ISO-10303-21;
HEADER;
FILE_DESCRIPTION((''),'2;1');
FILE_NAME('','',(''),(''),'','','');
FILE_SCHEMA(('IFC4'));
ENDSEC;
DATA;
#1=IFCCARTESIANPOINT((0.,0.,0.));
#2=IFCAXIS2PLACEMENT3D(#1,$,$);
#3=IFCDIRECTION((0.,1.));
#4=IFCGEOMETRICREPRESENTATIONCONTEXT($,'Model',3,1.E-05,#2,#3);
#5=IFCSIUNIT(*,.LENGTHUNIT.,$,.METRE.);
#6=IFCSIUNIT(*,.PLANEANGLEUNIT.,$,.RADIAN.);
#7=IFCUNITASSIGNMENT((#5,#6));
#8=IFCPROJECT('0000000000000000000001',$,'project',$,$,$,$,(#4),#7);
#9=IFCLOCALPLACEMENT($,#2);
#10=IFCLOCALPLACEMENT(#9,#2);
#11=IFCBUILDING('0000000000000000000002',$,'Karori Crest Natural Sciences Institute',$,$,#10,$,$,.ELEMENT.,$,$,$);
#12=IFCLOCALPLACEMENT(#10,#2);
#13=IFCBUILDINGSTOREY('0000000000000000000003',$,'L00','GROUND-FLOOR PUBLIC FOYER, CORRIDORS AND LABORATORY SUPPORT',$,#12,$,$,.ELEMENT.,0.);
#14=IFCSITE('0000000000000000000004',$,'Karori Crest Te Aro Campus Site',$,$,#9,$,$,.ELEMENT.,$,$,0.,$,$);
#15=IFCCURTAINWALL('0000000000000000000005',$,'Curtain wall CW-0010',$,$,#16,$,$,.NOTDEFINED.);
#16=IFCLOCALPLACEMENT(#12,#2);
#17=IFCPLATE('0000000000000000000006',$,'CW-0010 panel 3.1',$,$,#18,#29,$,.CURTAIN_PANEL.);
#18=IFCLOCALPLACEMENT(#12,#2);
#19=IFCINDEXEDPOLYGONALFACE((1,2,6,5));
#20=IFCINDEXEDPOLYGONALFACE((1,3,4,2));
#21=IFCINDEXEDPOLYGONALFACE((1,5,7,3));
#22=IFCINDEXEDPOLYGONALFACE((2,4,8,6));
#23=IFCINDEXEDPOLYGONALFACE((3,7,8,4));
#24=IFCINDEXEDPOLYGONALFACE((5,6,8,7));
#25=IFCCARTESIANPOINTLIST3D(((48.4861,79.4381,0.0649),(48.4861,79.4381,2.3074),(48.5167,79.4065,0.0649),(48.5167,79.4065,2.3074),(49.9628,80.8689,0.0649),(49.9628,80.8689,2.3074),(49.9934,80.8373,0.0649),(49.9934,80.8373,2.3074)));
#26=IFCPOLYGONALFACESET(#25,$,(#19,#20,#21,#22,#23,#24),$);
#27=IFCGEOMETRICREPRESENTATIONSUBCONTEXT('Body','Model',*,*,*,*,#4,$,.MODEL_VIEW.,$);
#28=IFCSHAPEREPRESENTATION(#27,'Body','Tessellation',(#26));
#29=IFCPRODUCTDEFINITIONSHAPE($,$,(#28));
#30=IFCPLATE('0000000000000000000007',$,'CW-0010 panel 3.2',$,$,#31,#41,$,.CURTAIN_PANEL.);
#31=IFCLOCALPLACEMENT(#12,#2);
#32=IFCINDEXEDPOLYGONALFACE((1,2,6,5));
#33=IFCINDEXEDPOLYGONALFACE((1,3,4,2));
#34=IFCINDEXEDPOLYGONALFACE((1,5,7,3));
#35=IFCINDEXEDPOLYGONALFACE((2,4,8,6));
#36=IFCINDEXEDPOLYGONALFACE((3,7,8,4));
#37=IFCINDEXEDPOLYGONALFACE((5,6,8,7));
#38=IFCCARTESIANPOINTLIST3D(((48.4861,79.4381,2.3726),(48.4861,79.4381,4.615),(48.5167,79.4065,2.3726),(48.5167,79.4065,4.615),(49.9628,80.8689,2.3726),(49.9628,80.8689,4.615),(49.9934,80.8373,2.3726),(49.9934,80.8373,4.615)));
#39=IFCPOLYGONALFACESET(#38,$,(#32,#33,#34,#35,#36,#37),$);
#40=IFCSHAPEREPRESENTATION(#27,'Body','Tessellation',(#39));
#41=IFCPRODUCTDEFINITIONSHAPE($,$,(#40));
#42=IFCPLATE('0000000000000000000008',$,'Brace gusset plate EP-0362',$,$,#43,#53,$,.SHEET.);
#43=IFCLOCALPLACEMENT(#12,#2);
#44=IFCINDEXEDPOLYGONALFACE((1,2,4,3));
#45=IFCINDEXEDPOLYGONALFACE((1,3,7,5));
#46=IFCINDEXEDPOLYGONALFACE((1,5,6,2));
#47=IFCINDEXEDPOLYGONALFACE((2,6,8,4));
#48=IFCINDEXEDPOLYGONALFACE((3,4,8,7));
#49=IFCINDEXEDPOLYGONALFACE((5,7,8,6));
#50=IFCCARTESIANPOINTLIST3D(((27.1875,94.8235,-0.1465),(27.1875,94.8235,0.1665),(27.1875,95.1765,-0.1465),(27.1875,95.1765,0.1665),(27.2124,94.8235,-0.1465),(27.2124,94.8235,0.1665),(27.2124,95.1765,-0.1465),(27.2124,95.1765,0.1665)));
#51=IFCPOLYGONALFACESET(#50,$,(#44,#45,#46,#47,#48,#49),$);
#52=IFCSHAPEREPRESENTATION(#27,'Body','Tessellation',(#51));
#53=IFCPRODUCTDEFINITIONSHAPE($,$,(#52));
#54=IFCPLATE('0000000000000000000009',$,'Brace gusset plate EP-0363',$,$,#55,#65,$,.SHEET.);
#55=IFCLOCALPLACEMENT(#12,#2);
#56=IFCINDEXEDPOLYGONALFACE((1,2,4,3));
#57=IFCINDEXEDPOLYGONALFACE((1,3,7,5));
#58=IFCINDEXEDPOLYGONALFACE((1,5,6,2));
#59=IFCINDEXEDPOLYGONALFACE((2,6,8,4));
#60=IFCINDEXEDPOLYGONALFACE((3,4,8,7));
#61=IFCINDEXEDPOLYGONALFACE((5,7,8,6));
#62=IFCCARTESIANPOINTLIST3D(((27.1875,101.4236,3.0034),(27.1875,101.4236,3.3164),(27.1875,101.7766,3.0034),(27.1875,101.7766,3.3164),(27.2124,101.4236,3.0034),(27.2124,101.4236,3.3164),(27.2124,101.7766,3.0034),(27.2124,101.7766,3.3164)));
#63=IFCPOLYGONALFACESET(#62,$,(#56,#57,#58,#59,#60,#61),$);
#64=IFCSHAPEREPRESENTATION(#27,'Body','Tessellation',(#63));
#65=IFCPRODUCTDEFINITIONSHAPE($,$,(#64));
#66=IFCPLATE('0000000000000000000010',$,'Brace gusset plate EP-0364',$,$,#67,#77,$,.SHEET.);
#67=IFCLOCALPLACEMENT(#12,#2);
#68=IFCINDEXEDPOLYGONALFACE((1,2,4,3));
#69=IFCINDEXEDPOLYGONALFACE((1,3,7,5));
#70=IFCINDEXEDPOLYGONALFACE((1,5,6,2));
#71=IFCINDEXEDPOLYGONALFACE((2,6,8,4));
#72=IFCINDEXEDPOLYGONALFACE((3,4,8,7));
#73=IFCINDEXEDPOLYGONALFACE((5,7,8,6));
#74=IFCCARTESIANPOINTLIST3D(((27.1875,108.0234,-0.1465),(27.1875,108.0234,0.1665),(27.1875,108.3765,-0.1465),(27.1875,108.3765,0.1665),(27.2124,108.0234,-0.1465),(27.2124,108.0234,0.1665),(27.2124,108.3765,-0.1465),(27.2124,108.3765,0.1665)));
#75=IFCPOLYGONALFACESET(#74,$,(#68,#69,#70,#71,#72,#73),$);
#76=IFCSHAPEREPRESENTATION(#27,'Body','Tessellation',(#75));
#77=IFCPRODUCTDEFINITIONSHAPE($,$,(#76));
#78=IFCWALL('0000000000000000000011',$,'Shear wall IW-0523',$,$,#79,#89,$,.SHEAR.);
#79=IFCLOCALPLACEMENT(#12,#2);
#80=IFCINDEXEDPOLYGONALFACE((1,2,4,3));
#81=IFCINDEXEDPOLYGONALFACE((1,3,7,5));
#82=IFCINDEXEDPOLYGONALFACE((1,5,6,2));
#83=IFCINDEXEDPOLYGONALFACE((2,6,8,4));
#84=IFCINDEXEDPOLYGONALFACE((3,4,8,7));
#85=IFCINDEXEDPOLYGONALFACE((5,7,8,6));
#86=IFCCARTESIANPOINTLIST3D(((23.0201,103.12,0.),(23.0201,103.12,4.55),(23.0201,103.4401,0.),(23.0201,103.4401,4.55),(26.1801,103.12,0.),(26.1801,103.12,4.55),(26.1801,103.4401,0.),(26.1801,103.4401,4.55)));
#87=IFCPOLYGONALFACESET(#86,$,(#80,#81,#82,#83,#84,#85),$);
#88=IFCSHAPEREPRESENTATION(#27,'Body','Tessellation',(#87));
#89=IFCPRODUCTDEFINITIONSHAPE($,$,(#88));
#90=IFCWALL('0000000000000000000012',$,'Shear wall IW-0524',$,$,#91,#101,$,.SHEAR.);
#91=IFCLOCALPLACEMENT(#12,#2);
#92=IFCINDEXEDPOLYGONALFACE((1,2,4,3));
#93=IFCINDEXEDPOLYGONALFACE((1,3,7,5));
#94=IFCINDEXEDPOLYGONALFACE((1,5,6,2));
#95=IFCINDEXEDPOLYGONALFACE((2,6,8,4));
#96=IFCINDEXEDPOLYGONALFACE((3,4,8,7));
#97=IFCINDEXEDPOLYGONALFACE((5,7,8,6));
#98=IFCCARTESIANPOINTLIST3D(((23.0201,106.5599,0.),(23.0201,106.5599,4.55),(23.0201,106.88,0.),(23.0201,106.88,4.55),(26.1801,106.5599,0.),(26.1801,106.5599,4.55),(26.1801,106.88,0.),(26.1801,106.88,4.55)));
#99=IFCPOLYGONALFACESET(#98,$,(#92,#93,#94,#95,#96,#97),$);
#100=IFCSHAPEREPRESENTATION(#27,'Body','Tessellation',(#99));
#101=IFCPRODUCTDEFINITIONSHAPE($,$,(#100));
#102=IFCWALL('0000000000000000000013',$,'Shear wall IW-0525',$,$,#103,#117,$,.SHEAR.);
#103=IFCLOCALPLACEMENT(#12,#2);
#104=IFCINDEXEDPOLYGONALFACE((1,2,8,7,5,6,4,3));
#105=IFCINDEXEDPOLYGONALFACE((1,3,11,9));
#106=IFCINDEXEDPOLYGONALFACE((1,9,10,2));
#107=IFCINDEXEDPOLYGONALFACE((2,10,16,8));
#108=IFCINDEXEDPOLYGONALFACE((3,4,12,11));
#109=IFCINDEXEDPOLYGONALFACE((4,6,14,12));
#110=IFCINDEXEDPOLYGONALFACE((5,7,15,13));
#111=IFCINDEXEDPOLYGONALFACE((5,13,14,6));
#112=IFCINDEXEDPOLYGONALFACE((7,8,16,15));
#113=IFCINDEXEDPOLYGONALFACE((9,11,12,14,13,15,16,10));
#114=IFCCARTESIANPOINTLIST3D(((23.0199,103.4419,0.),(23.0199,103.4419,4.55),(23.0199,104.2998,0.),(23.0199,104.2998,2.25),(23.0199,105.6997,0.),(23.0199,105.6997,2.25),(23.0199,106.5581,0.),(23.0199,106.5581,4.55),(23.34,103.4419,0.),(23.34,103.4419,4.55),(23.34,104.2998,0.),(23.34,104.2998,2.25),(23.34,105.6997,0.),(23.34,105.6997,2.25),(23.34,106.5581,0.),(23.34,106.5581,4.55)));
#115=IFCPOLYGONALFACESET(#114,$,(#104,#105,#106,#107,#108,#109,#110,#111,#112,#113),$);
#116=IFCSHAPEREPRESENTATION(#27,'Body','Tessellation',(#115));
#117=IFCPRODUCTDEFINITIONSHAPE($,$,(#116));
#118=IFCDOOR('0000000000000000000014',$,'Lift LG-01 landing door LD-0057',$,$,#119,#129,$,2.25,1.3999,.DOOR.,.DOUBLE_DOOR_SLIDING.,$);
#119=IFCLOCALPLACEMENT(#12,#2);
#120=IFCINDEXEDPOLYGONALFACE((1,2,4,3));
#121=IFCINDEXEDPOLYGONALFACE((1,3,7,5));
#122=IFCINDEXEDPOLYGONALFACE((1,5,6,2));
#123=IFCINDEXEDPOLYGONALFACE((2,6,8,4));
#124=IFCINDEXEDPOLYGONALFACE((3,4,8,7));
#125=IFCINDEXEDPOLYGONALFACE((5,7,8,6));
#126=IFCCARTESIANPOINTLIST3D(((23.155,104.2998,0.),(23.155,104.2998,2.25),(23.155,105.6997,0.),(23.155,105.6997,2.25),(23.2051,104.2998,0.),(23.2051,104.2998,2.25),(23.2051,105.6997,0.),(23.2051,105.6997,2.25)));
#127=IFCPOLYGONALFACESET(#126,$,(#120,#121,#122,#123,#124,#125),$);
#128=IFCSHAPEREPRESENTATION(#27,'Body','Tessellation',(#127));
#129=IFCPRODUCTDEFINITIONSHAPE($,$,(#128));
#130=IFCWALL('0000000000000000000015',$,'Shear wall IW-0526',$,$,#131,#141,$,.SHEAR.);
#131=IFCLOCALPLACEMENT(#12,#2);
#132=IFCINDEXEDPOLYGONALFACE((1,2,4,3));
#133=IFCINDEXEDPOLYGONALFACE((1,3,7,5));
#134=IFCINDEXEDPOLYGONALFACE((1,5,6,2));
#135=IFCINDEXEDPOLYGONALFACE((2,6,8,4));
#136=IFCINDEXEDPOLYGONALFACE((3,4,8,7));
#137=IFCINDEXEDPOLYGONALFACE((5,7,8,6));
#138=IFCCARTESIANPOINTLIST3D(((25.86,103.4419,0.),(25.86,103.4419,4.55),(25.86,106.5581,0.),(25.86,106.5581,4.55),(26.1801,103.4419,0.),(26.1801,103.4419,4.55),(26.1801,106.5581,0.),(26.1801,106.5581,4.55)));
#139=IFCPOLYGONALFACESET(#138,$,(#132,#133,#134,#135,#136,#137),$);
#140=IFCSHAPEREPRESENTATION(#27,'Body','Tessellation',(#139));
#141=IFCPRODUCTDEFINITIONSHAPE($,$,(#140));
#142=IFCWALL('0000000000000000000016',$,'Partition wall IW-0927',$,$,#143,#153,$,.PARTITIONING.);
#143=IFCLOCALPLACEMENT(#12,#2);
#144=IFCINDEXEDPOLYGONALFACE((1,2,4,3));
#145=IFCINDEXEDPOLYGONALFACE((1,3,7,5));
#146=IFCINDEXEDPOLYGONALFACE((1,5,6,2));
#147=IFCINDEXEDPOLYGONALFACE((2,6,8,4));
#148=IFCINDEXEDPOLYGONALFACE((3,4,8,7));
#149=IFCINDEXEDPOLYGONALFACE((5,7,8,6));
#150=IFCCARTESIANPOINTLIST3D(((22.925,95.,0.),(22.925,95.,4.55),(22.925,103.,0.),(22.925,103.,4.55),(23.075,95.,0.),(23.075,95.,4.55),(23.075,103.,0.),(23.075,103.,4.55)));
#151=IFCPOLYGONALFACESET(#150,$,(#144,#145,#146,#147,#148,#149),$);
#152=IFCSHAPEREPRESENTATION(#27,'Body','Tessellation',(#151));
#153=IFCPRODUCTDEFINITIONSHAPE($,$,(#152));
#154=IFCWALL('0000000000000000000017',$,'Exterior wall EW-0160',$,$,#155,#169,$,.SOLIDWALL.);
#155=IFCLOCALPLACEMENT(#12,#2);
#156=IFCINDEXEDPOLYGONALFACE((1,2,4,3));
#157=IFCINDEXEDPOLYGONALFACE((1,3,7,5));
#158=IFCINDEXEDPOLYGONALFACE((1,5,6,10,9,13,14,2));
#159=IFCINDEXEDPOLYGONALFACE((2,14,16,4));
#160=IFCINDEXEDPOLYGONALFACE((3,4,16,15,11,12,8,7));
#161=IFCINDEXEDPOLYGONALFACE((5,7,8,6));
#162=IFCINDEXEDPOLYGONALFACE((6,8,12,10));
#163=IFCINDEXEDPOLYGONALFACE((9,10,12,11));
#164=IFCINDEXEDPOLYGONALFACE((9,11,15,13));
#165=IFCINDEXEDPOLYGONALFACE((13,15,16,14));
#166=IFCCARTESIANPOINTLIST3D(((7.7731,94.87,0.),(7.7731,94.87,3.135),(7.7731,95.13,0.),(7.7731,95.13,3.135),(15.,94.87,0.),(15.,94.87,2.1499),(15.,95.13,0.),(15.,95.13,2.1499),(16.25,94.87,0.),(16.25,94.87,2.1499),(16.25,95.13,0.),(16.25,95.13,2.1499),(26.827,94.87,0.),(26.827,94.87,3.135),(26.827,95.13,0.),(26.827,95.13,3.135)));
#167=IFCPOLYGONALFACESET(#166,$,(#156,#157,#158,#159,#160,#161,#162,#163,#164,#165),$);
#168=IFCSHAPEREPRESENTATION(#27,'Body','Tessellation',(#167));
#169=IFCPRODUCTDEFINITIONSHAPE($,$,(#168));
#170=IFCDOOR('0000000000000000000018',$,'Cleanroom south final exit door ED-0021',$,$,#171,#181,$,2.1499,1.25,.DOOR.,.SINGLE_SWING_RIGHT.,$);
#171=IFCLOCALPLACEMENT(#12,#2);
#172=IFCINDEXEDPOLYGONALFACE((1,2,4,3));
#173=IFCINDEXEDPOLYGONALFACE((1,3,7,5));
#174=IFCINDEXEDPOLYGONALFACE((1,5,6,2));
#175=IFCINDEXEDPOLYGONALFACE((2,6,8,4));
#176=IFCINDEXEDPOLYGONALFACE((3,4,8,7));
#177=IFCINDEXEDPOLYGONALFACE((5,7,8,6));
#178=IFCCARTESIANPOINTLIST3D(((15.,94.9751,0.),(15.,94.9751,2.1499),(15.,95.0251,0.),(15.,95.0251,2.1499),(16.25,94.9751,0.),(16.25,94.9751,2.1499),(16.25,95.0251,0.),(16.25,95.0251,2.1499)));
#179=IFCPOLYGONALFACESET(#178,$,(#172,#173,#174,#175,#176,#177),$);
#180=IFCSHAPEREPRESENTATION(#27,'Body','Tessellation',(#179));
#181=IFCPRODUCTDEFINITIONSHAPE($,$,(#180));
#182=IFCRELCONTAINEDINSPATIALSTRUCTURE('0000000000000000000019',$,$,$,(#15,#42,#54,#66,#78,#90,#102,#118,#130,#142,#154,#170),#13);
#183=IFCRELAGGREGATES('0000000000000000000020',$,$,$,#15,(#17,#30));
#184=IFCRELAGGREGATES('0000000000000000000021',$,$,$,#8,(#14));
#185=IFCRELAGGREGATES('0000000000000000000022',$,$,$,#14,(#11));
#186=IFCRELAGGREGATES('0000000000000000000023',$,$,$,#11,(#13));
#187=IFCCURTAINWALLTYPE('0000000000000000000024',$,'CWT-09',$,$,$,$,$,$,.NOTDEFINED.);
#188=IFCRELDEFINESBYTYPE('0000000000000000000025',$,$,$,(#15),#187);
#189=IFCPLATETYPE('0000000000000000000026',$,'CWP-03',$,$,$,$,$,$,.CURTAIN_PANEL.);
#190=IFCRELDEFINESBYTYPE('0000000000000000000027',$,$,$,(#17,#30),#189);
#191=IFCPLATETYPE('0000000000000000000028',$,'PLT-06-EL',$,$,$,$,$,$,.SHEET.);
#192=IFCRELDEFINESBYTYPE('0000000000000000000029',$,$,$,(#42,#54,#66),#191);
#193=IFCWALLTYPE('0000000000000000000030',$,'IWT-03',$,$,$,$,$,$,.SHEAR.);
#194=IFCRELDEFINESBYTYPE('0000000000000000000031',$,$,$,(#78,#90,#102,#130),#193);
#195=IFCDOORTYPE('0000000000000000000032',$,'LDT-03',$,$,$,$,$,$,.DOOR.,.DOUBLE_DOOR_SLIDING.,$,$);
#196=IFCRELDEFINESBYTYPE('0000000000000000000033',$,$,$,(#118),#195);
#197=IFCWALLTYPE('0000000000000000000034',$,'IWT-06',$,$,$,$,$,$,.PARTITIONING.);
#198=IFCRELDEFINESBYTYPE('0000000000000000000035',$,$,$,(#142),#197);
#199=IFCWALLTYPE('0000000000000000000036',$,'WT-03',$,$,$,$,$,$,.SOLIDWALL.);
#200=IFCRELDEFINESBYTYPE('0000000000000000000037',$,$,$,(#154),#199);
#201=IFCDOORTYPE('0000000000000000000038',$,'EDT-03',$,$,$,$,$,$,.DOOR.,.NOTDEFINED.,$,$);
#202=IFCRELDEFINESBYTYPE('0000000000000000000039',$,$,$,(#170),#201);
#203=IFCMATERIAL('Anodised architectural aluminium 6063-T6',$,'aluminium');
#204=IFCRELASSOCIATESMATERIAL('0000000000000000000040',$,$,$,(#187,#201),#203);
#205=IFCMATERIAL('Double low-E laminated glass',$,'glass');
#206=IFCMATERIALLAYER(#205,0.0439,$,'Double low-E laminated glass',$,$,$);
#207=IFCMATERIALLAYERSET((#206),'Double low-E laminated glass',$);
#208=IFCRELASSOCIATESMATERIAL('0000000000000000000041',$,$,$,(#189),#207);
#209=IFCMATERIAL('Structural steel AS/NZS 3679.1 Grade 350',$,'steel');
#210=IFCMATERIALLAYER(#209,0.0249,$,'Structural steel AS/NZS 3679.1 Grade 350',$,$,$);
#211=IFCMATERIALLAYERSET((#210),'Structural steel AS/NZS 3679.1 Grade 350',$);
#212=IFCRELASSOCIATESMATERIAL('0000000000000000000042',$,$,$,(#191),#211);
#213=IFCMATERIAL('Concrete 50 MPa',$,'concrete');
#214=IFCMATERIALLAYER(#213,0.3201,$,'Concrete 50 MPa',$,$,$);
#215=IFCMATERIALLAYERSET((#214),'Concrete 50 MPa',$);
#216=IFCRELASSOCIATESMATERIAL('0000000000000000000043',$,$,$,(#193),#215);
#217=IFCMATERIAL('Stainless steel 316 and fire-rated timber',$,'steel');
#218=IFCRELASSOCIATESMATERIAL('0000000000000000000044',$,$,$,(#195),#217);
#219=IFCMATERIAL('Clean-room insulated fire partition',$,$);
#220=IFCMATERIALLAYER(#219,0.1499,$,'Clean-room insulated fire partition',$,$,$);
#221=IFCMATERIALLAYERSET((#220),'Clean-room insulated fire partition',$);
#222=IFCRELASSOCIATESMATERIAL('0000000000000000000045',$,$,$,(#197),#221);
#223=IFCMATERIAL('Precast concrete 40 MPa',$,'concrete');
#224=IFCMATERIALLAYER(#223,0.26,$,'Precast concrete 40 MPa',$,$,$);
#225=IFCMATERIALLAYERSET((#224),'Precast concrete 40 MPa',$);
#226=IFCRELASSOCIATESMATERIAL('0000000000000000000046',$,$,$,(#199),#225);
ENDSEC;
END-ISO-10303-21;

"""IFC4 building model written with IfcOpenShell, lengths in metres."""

from ifc_helpers import new_model, si_unit, direction, frame, frame_2d, origin, origin_2d, place, context, subcontext, project, spatial, rectangle, extrude, material, layer, layer_set, type_object, element, fill, aggregate, save


model = new_model("IFC4")

# Units and contexts
model_context = context("Model", 3, precision=1e-05, world=origin(), true_north=direction((0.0, 1.0)))
body_context = subcontext(model_context, "Body", "Model", "MODEL_VIEW")
ifc_project = project(units=[si_unit("LENGTHUNIT", "METRE"), si_unit("PLANEANGLEUNIT", "RADIAN")], contexts=[model_context])

# Site, building, storey
site_placement = place(None, origin())
site = spatial("IfcSite", under=ifc_project, at=site_placement, Name="Karori Crest Te Aro Campus Site", CompositionType="ELEMENT", RefElevation=0.0)
building_placement = place(site_placement, origin())
building = spatial("IfcBuilding", under=site, at=building_placement, Name="Karori Crest Natural Sciences Institute", CompositionType="ELEMENT")
storey_placement = place(building_placement, origin())
storey = spatial("IfcBuildingStorey", under=building, at=storey_placement, Name="L00", Description="GROUND-FLOOR PUBLIC FOYER, CORRIDORS AND LABORATORY SUPPORT", CompositionType="ELEMENT", Elevation=0.0)

# Shared definitions
ifc_material_1 = material(Name="Concrete 50 MPa", Category="concrete")

# Curtain wall, plates
ifc_material_2 = material(Name="Anodised architectural aluminium 6063-T6", Category="aluminium")
curtain_wall_type = type_object("IfcCurtainWallType", Name="CWT-09", PredefinedType="NOTDEFINED", material=ifc_material_2)
curtain_wall_placement = place(storey_placement, origin())
curtain_wall = element("IfcCurtainWall", 1, at=curtain_wall_placement, inside=storey, type_object=curtain_wall_type, Name="Curtain wall CW-0010", PredefinedType="NOTDEFINED")
ifc_material_3 = material(Name="Double low-E laminated glass", Category="glass")
ifc_layer_1 = layer(ifc_material_3, 0.0439, Name="Double low-E laminated glass")
ifc_layer_set_1 = layer_set([ifc_layer_1], Name="Double low-E laminated glass")
plate_type_1 = type_object("IfcPlateType", Name="CWP-03", PredefinedType="CURTAIN_PANEL", material=ifc_layer_set_1)
plate_1_placement = place(storey_placement, frame((49.2397, 80.1377, 0.0649), z_axis=(0.0, 0.0, 1.0), x_axis=(0.718198, 0.695839, 0.0)))
plate_1 = element("IfcPlate", 2, at=plate_1_placement, type_object=plate_type_1, Name="CW-0010 panel 3.1", PredefinedType="CURTAIN_PANEL", context=body_context, shape_type="SweptSolid", body=[
    extrude(rectangle(XDim=2.0562, YDim=0.0439, at=origin_2d()), origin(), (0.0, 0.0, 1.0), 2.2424),
])
plate_2_placement = place(storey_placement, frame((49.2397, 80.1377, 2.3726), z_axis=(0.0, 0.0, 1.0), x_axis=(0.718198, 0.695839, 0.0)))
plate_2 = element("IfcPlate", 3, at=plate_2_placement, type_object=plate_type_1, Name="CW-0010 panel 3.2", PredefinedType="CURTAIN_PANEL", context=body_context, shape_type="SweptSolid", body=[
    extrude(rectangle(XDim=2.0562, YDim=0.0439, at=origin_2d()), origin(), (0.0, 0.0, 1.0), 2.2424),
])
aggregate(curtain_wall, [plate_1, plate_2])

# Plates
ifc_material_4 = material(Name="Structural steel AS/NZS 3679.1 Grade 350", Category="steel")
ifc_layer_2 = layer(ifc_material_4, 0.0249, Name="Structural steel AS/NZS 3679.1 Grade 350")
ifc_layer_set_2 = layer_set([ifc_layer_2], Name="Structural steel AS/NZS 3679.1 Grade 350")
plate_type_2 = type_object("IfcPlateType", Name="PLT-06-EL", PredefinedType="SHEET", material=ifc_layer_set_2)
for number, where, z_axis, x_axis, name in (
    (4, (27.2, 95.0, -0.1465), (0.0, 0.0, 1.0), (0.0, 1.0, 0.0), "Brace gusset plate EP-0362"),
    (5, (27.2, 101.6001, 3.0034), (0.0, 0.0, 1.0), (0.0, 1.0, 0.0), "Brace gusset plate EP-0363"),
    (6, (27.2, 108.2, -0.1465), (0.0, 0.0, 1.0), (0.0, 1.0, 0.0), "Brace gusset plate EP-0364"),
):
    element("IfcPlate", number, at=place(storey_placement, frame(where, z_axis=z_axis, x_axis=x_axis)), inside=storey, type_object=plate_type_2, Name=name, PredefinedType="SHEET", context=body_context, shape_type="SweptSolid", body=[
        extrude(rectangle(XDim=0.353, YDim=0.0249, at=origin_2d()), origin(), (0.0, 0.0, 1.0), 0.313),
    ])

# Walls
ifc_layer_3 = layer(ifc_material_1, 0.3201, Name="Concrete 50 MPa")
ifc_layer_set_3 = layer_set([ifc_layer_3], Name="Concrete 50 MPa")
wall_type_1 = type_object("IfcWallType", Name="IWT-03", PredefinedType="SHEAR", material=ifc_layer_set_3)
for number, where, z_axis, x_axis, name in (
    (7, (23.02, 103.28, 0.0), (0.0, 0.0, 1.0), (1.0, 0.0, 0.0), "Shear wall IW-0523"),
    (8, (23.02, 106.72, 0.0), (0.0, 0.0, 1.0), (1.0, 0.0, 0.0), "Shear wall IW-0524"),
):
    element("IfcWall", number, at=place(storey_placement, frame(where, z_axis=z_axis, x_axis=x_axis)), inside=storey, type_object=wall_type_1, Name=name, PredefinedType="SHEAR", context=body_context, shape_type="SweptSolid", body=[
        extrude(rectangle(XDim=3.1599, YDim=0.3201, at=frame_2d((1.5801, 0.0))), origin(), (0.0, 0.0, 1.0), 4.55),
    ])

# Wall, opening, door
wall_1_placement = place(storey_placement, frame((23.1799, 103.4419, 0.0), z_axis=(0.0, 0.0, 1.0), x_axis=(0.0, 1.0, 0.0)))
wall_1 = element("IfcWall", 9, at=wall_1_placement, inside=storey, type_object=wall_type_1, Name="Shear wall IW-0525", PredefinedType="SHEAR", context=body_context, shape_type="SweptSolid", body=[
    extrude(rectangle(XDim=3.1162, YDim=0.3201, at=frame_2d((1.5581, 0.0))), origin(), (0.0, 0.0, 1.0), 4.55),
])
opening_1_placement = place(wall_1_placement, frame((0.8579, 0.0, 0.0)))
opening_1 = element("IfcOpeningElement", 10, at=opening_1_placement, cuts=wall_1, PredefinedType="OPENING", context=body_context, shape_type="SweptSolid", body=[
    extrude(rectangle(XDim=1.3999, YDim=2.25, at=frame_2d((0.7, 1.125))), frame((0.0, 0.1699, 0.0), z_axis=(0.0, -1.0, 0.0), x_axis=(1.0, 0.0, 0.0)), (0.0, 0.0, 1.0), 0.3401),
])
ifc_material_5 = material(Name="Stainless steel 316 and fire-rated timber", Category="steel")
door_type_1 = type_object("IfcDoorType", Name="LDT-03", OperationType="DOUBLE_DOOR_SLIDING", PredefinedType="DOOR", material=ifc_material_5)
door_1_placement = place(opening_1_placement, origin())
door_1 = element("IfcDoor", 11, at=door_1_placement, inside=storey, type_object=door_type_1, Name="Lift LG-01 landing door LD-0057", OperationType="DOUBLE_DOOR_SLIDING", OverallHeight=2.25, OverallWidth=1.3999, PredefinedType="DOOR", context=body_context, shape_type="SweptSolid", body=[
    extrude(rectangle(XDim=1.3999, YDim=2.25, at=frame_2d((0.7, 1.125))), frame((0.0, 0.0249, 0.0), z_axis=(0.0, -1.0, 0.0), x_axis=(1.0, 0.0, 0.0)), (0.0, 0.0, 1.0), 0.05),
])
fill(opening_1, door_1)

# Walls
wall_2_placement = place(storey_placement, frame((26.02, 103.4419, 0.0), z_axis=(0.0, 0.0, 1.0), x_axis=(0.0, 1.0, 0.0)))
element("IfcWall", 12, at=wall_2_placement, inside=storey, type_object=wall_type_1, Name="Shear wall IW-0526", PredefinedType="SHEAR", context=body_context, shape_type="SweptSolid", body=[
    extrude(rectangle(XDim=3.1162, YDim=0.3201, at=frame_2d((1.5581, 0.0))), origin(), (0.0, 0.0, 1.0), 4.55),
])
ifc_material_6 = material(Name="Clean-room insulated fire partition")
ifc_layer_4 = layer(ifc_material_6, 0.1499, Name="Clean-room insulated fire partition")
ifc_layer_set_4 = layer_set([ifc_layer_4], Name="Clean-room insulated fire partition")
wall_type_2 = type_object("IfcWallType", Name="IWT-06", PredefinedType="PARTITIONING", material=ifc_layer_set_4)
wall_3_placement = place(storey_placement, frame((23.0, 95.0, 0.0), z_axis=(0.0, 0.0, 1.0), x_axis=(0.0, 1.0, 0.0)))
element("IfcWall", 13, at=wall_3_placement, inside=storey, type_object=wall_type_2, Name="Partition wall IW-0927", PredefinedType="PARTITIONING", context=body_context, shape_type="SweptSolid", body=[
    extrude(rectangle(XDim=8.0, YDim=0.1499, at=frame_2d((4.0, 0.0))), origin(), (0.0, 0.0, 1.0), 4.55),
])

# Wall, opening, door
ifc_material_7 = material(Name="Precast concrete 40 MPa", Category="concrete")
ifc_layer_5 = layer(ifc_material_7, 0.26, Name="Precast concrete 40 MPa")
ifc_layer_set_5 = layer_set([ifc_layer_5], Name="Precast concrete 40 MPa")
wall_type_3 = type_object("IfcWallType", Name="WT-03", PredefinedType="SOLIDWALL", material=ifc_layer_set_5)
wall_4_placement = place(storey_placement, frame((26.8269, 95.0, 0.0), z_axis=(0.0, 0.0, 1.0), x_axis=(-1.0, 0.0, 0.0)))
wall_4 = element("IfcWall", 14, at=wall_4_placement, inside=storey, type_object=wall_type_3, Name="Exterior wall EW-0160", PredefinedType="SOLIDWALL", context=body_context, shape_type="SweptSolid", body=[
    extrude(rectangle(XDim=19.054, YDim=0.26, at=frame_2d((9.5269, 0.0))), origin(), (0.0, 0.0, 1.0), 3.135),
])
opening_2_placement = place(wall_4_placement, frame((10.5769, 0.0, 0.0)))
opening_2 = element("IfcOpeningElement", 15, at=opening_2_placement, cuts=wall_4, PredefinedType="OPENING", context=body_context, shape_type="SweptSolid", body=[
    extrude(rectangle(XDim=1.25, YDim=2.1499, at=frame_2d((0.625, 1.075))), frame((0.0, 0.1401, 0.0), z_axis=(0.0, -1.0, 0.0), x_axis=(1.0, 0.0, 0.0)), (0.0, 0.0, 1.0), 0.28),
])
door_type_2 = type_object("IfcDoorType", Name="EDT-03", OperationType="NOTDEFINED", PredefinedType="DOOR", material=ifc_material_2)
door_2_placement = place(opening_2_placement, origin())
door_2 = element("IfcDoor", 16, at=door_2_placement, inside=storey, type_object=door_type_2, Name="Cleanroom south final exit door ED-0021", OperationType="SINGLE_SWING_RIGHT", OverallHeight=2.1499, OverallWidth=1.25, PredefinedType="DOOR", context=body_context, shape_type="SweptSolid", body=[
    extrude(rectangle(XDim=1.25, YDim=2.1499, at=frame_2d((0.625, 1.075))), frame((0.0, 0.0249, 0.0), z_axis=(0.0, -1.0, 0.0), x_axis=(1.0, 0.0, 0.0)), (0.0, 0.0, 1.0), 0.05),
])
fill(opening_2, door_2)

save(model, "model.ifc")
